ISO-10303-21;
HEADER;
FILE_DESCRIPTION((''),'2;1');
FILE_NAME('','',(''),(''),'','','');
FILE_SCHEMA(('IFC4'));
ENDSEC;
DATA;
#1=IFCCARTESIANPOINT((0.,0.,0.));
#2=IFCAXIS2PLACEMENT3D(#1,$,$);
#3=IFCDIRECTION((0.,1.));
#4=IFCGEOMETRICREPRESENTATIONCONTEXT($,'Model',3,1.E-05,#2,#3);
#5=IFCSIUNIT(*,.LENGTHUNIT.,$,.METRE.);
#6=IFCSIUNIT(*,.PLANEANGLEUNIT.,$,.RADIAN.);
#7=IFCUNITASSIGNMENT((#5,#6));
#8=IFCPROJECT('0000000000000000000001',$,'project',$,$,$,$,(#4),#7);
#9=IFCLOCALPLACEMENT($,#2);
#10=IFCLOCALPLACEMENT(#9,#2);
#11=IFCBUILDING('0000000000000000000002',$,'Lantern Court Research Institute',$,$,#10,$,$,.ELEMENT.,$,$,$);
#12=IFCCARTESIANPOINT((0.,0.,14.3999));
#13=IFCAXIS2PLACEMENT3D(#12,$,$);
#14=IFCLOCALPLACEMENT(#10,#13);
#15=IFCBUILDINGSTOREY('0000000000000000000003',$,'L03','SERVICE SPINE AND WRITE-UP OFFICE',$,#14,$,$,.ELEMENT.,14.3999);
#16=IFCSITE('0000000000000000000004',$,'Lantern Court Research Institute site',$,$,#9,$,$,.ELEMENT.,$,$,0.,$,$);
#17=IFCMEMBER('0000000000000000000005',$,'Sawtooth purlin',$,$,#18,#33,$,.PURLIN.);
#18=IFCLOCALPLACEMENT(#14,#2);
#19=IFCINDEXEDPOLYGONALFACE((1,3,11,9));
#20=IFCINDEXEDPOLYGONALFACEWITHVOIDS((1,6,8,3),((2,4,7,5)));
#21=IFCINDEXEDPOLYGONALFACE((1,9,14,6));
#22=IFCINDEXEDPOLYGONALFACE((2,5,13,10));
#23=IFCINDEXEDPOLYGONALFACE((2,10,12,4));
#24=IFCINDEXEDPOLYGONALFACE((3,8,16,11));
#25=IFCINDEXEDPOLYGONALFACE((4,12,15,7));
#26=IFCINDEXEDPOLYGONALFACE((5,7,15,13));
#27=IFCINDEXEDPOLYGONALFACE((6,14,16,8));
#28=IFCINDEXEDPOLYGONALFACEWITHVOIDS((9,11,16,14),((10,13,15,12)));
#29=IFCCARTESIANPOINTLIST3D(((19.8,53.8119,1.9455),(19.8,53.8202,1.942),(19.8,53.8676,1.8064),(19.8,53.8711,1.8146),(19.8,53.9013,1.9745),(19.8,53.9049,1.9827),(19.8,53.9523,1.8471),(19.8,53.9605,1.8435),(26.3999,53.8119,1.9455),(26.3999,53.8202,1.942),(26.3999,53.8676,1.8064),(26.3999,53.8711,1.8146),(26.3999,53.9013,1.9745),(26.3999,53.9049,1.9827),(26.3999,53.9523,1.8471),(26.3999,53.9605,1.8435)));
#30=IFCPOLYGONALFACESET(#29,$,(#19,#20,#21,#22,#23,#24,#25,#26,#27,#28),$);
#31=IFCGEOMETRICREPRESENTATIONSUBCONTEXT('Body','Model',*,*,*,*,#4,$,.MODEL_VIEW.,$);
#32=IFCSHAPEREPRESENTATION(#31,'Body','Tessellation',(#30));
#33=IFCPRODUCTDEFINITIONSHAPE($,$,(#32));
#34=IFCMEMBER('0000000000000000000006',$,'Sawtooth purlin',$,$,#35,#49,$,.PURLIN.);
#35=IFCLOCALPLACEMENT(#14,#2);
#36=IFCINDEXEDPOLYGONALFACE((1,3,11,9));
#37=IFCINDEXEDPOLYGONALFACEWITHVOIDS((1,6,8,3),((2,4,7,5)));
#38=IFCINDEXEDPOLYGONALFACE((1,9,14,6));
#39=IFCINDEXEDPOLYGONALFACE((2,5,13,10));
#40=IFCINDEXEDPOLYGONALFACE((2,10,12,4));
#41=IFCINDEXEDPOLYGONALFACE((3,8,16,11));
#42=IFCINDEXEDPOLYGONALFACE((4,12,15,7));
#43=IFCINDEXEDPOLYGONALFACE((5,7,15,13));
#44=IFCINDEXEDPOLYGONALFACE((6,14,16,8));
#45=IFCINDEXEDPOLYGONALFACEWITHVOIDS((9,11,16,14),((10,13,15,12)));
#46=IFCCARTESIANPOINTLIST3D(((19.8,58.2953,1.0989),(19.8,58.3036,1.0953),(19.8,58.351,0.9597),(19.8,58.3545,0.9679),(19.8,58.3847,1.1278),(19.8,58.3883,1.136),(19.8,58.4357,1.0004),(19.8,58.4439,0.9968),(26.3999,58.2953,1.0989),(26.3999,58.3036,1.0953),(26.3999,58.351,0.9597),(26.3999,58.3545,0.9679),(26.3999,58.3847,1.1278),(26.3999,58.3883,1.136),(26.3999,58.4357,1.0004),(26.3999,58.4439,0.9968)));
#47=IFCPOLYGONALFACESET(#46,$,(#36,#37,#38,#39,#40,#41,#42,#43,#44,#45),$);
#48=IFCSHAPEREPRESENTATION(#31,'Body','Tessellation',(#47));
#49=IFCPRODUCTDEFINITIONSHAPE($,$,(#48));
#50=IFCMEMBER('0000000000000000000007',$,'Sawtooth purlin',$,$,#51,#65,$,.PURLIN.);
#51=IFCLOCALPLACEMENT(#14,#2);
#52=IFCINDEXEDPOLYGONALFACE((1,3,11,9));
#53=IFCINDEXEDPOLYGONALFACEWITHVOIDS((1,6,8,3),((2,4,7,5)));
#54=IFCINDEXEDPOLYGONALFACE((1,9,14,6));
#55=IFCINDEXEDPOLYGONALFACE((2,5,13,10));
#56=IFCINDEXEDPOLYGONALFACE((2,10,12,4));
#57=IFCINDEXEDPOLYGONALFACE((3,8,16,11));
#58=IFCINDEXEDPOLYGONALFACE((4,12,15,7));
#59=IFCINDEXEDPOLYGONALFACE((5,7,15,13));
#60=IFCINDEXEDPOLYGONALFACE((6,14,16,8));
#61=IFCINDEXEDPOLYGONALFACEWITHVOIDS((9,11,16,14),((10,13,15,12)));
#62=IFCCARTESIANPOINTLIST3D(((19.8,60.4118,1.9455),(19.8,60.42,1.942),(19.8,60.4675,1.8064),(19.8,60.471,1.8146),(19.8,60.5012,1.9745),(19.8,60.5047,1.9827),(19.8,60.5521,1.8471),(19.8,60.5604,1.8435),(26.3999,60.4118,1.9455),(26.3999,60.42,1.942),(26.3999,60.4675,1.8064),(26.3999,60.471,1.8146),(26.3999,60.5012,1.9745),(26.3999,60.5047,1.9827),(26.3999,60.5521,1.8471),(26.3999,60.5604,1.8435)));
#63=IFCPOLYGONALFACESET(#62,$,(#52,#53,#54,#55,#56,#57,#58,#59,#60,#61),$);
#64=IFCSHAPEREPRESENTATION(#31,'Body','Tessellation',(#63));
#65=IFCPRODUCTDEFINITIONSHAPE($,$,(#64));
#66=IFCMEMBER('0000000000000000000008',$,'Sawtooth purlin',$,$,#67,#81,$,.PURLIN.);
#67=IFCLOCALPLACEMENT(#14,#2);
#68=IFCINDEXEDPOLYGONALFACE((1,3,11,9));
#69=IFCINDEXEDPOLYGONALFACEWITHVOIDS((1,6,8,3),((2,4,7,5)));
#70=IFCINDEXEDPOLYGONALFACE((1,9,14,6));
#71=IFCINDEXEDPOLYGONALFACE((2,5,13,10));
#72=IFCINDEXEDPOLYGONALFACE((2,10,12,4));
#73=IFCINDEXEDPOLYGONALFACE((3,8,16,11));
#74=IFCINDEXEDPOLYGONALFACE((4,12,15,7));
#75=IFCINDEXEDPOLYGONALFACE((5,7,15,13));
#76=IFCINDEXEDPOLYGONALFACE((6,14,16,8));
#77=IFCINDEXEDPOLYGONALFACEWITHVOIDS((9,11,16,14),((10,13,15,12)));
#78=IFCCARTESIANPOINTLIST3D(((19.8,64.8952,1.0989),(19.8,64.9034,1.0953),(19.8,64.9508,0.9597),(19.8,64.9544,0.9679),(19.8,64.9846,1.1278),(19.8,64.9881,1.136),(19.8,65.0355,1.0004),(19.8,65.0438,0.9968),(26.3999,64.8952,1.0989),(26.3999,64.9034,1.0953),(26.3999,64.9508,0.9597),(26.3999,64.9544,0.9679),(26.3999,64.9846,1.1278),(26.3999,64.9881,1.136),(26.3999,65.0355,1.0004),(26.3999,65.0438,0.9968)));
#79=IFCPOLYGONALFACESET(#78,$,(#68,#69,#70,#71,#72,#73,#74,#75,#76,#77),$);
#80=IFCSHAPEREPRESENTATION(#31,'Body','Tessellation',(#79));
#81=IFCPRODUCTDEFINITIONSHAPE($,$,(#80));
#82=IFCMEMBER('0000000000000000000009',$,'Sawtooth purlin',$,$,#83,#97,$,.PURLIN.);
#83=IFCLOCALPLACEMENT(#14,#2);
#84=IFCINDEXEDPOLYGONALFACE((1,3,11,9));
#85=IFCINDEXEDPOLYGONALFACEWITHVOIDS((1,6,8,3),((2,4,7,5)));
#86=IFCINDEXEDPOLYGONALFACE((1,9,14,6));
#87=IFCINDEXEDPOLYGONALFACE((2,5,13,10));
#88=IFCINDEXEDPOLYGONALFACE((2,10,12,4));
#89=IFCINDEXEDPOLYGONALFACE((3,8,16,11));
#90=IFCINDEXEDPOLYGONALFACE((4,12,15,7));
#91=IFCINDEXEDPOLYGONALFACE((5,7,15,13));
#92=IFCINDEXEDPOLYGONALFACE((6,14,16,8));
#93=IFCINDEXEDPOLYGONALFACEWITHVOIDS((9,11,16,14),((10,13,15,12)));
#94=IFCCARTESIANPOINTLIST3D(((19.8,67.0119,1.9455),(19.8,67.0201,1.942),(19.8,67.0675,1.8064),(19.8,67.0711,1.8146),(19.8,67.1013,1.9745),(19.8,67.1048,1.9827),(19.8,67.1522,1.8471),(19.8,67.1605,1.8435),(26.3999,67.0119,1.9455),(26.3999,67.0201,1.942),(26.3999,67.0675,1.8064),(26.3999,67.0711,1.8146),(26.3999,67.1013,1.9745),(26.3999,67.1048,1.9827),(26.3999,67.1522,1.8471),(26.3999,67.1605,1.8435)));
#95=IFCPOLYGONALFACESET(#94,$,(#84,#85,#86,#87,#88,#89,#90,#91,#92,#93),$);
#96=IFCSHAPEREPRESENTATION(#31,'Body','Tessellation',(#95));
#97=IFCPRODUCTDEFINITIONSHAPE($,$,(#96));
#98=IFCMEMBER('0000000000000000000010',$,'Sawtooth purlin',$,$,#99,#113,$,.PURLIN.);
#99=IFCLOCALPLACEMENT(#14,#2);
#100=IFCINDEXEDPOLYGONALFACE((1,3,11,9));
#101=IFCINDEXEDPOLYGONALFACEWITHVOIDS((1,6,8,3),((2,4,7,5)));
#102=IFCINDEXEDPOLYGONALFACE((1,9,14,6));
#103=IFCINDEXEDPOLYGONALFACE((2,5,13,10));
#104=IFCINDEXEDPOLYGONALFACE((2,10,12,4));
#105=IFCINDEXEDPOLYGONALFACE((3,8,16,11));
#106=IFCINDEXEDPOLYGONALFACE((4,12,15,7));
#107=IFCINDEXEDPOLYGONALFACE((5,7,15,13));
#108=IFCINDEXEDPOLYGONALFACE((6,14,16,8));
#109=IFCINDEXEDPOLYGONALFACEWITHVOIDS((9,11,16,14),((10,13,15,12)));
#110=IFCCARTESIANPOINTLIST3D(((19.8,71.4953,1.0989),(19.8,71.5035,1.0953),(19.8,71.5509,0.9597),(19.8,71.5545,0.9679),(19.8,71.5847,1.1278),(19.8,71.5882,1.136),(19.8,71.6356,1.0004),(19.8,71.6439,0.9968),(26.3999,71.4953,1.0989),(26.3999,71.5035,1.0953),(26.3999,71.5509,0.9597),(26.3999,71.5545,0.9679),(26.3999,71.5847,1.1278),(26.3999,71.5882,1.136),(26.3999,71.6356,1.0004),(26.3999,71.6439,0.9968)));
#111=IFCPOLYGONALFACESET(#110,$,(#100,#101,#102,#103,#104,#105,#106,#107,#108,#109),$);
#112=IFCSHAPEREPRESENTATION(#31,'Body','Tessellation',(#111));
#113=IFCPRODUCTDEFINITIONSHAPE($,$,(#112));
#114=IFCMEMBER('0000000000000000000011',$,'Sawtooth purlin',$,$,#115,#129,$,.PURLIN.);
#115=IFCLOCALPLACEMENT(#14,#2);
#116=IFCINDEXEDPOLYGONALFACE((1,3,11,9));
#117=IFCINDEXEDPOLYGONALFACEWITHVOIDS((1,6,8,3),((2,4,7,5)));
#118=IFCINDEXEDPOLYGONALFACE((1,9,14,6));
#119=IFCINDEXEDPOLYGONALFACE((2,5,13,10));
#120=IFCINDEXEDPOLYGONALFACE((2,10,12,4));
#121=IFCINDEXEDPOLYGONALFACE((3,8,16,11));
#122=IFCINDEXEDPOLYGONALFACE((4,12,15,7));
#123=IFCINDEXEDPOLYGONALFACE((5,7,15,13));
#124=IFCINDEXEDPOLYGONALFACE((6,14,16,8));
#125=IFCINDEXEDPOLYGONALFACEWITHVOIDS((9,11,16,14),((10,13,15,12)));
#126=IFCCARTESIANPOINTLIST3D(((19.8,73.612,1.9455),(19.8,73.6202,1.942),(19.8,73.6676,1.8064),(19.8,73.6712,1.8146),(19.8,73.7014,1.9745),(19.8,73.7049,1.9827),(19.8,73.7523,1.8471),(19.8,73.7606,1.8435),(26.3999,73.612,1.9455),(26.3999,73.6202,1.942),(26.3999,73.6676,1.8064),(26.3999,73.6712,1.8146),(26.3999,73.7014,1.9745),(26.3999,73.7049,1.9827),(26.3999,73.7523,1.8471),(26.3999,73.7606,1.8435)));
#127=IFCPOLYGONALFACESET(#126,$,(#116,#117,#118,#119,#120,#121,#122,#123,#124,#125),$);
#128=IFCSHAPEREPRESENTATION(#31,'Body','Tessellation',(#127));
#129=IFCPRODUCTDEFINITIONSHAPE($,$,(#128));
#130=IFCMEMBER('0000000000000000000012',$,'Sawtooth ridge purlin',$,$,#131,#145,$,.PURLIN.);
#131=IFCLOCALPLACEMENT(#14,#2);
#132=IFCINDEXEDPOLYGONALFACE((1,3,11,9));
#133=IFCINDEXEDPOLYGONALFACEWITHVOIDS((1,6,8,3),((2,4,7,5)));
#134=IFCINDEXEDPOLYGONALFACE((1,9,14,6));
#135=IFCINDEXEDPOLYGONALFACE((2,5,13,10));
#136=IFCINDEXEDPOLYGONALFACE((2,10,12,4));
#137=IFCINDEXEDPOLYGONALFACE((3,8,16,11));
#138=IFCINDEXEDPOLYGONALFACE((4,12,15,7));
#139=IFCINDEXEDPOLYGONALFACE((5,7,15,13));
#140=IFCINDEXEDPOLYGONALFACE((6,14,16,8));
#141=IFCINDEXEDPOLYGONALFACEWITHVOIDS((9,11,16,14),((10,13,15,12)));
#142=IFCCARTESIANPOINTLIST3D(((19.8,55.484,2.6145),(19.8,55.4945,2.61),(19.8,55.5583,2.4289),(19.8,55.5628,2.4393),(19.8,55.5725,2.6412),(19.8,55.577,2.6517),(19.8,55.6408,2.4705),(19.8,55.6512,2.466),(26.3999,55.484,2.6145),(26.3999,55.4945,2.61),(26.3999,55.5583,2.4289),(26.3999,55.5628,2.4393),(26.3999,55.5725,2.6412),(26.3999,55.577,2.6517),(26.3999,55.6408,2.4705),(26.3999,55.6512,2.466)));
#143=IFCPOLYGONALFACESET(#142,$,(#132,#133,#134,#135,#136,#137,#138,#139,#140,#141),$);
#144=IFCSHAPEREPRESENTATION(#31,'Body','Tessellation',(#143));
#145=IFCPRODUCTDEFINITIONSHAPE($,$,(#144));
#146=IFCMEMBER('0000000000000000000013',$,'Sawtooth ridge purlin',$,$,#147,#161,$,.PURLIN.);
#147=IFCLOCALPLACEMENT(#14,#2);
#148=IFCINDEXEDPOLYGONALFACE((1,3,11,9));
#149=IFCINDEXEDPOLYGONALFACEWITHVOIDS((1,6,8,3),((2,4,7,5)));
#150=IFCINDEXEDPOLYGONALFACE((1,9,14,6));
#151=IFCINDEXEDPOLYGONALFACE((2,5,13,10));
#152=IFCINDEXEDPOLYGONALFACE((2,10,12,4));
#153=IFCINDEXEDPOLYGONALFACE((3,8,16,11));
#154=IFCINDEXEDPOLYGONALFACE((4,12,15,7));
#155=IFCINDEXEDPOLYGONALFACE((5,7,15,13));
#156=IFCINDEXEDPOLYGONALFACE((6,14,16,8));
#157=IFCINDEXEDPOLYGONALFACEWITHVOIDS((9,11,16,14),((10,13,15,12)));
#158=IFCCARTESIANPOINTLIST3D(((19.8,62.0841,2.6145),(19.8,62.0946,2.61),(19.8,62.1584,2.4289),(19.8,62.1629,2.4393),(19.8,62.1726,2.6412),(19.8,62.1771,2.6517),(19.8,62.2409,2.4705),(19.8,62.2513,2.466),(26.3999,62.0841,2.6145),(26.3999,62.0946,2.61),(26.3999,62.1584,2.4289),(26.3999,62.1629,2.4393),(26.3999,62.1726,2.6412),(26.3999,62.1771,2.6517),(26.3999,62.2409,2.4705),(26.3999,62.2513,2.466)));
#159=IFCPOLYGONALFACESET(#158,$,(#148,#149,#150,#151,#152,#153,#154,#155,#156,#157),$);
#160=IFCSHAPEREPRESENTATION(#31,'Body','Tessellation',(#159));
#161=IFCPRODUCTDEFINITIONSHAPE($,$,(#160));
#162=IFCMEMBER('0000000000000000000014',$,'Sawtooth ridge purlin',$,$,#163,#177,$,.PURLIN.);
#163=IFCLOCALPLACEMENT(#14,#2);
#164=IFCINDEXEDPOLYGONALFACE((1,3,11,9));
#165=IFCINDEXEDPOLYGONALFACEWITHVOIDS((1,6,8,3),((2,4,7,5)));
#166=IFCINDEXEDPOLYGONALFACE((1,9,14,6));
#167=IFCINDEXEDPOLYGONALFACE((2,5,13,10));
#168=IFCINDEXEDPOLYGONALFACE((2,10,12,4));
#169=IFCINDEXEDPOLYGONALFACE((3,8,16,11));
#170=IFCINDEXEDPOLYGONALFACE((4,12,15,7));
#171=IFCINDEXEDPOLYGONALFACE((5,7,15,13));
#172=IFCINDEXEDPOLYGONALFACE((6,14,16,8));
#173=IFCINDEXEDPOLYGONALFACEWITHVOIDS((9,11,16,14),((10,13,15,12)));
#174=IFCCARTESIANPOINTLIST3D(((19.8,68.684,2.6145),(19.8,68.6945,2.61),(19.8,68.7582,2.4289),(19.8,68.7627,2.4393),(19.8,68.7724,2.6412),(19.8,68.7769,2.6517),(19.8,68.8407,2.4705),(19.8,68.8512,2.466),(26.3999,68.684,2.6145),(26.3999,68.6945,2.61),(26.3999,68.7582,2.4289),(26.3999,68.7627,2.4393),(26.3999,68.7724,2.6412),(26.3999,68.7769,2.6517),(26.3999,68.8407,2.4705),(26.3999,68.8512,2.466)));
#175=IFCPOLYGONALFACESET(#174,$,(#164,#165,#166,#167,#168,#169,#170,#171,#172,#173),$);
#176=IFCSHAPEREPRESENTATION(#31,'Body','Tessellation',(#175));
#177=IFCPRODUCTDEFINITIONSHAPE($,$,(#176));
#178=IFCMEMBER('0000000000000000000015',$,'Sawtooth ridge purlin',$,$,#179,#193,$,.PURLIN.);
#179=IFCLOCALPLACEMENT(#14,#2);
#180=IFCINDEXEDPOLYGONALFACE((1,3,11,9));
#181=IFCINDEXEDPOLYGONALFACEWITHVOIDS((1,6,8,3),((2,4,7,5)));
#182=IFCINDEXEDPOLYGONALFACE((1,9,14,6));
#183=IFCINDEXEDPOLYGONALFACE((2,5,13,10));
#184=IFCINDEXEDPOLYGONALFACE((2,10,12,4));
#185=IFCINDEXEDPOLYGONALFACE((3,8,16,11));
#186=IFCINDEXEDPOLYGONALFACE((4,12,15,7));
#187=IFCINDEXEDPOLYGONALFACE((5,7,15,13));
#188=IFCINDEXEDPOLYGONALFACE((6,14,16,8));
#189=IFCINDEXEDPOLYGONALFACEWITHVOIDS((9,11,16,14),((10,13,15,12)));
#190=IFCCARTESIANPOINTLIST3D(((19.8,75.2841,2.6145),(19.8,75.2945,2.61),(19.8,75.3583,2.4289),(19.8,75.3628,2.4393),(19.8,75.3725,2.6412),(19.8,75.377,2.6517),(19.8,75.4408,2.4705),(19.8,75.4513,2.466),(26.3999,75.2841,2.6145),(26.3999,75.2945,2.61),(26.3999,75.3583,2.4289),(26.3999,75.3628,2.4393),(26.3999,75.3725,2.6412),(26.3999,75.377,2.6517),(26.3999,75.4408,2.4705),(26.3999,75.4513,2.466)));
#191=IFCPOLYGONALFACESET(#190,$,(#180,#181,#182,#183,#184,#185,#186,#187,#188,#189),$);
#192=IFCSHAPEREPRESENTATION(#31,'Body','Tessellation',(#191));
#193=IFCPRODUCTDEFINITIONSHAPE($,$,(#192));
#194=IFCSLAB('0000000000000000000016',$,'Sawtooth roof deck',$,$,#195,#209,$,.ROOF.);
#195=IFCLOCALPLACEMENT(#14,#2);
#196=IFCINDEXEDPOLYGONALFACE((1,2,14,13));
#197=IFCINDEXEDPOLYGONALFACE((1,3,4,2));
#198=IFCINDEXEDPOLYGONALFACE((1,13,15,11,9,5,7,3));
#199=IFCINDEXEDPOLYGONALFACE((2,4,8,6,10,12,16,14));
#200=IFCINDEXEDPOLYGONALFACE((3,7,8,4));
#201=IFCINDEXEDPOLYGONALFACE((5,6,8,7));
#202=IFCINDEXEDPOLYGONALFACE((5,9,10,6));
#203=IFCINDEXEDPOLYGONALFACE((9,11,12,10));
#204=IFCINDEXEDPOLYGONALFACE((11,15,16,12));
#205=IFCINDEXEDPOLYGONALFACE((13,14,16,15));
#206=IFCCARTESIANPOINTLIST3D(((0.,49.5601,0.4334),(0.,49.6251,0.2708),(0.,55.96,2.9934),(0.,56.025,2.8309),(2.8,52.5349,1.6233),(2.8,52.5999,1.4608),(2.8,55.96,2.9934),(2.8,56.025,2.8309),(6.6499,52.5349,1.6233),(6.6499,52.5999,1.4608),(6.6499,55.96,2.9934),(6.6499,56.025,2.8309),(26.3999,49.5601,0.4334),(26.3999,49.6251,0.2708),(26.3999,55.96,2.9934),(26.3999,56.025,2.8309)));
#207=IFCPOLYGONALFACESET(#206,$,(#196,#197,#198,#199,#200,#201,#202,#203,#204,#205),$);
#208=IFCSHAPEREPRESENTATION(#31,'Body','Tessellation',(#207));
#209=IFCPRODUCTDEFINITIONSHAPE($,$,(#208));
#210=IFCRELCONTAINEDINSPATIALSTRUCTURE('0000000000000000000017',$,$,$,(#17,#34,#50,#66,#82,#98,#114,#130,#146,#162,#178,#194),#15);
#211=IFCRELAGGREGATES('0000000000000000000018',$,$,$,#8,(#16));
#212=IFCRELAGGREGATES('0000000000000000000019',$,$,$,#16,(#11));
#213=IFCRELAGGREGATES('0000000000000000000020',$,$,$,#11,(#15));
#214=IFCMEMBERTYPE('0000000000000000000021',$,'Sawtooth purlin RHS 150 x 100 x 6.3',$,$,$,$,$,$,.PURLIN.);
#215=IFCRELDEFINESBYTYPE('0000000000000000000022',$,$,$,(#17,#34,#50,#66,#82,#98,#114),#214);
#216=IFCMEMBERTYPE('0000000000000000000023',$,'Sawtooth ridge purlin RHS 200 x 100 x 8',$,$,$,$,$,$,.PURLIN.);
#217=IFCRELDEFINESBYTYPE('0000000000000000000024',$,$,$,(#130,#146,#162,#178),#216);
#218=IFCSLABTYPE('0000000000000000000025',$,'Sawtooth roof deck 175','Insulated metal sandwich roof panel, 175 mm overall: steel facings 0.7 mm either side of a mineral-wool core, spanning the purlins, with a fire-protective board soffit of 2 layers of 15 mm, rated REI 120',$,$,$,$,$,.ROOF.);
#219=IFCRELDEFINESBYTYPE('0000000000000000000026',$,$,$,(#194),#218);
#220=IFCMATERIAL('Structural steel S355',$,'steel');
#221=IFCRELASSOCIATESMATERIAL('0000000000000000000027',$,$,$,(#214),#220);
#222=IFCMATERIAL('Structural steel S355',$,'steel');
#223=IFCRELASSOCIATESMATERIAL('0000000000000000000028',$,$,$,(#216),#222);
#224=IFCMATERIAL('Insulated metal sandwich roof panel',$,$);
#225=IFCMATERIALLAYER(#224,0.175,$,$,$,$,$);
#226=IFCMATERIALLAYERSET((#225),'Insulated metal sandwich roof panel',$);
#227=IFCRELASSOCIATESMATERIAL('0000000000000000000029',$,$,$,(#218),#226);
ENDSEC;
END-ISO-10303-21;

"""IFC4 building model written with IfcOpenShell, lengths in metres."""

from ifc_helpers import new_model, si_unit, direction, frame, origin, origin_2d, place, context, subcontext, project, spatial, polyline, hollow_rectangle, outline, extrude, material, layer, layer_set, material_profile, profile_set, type_object, element, save


model = new_model("IFC4")

# Units and contexts
model_context = context("Model", 3, precision=1e-05, world=origin(), true_north=direction((0.0, 1.0)))
body_context = subcontext(model_context, "Body", "Model", "MODEL_VIEW")
ifc_project = project(units=[si_unit("LENGTHUNIT", "METRE"), si_unit("PLANEANGLEUNIT", "RADIAN")], contexts=[model_context])

# Site, building, storey
site_placement = place(None, origin())
site = spatial("IfcSite", under=ifc_project, at=site_placement, Name="Lantern Court Research Institute site", CompositionType="ELEMENT", RefElevation=0.0)
building_placement = place(site_placement, origin())
building = spatial("IfcBuilding", under=site, at=building_placement, Name="Lantern Court Research Institute", CompositionType="ELEMENT")
storey_placement = place(building_placement, frame((0.0, 0.0, 14.3999)))
storey = spatial("IfcBuildingStorey", under=building, at=storey_placement, Name="L03", Description="SERVICE SPINE AND WRITE-UP OFFICE", CompositionType="ELEMENT", Elevation=14.3999)

# Members
ifc_material_1 = material(Name="Structural steel S355", Category="steel")
ifc_material_profile_1 = material_profile(ifc_material_1, hollow_rectangle(XDim=0.1001, YDim=0.1499, WallThickness=0.0063, at=origin_2d()), Name="Sawtooth purlin RHS 150 x 100 x 6.3")
ifc_profile_set_1 = profile_set([ifc_material_profile_1], Name="Structural steel S355")
member_type_1 = type_object("IfcMemberType", Name="Sawtooth purlin RHS 150 x 100 x 6.3", PredefinedType="PURLIN", material=ifc_profile_set_1)
for number, where, z_axis, x_axis, name in (
    (1, (19.8, 53.8862, 1.8945), (1.0, 0.0, 0.0), (0.0, 0.928477, 0.371391), "Sawtooth purlin"),
    (2, (19.8, 58.3696, 1.0479), (1.0, 0.0, 0.0), (0.0, 0.928477, 0.371391), "Sawtooth purlin"),
    (3, (19.8, 60.4861, 1.8945), (1.0, 0.0, 0.0), (0.0, 0.928477, 0.371391), "Sawtooth purlin"),
    (4, (19.8, 64.9695, 1.0479), (1.0, 0.0, 0.0), (0.0, 0.928477, 0.371391), "Sawtooth purlin"),
    (5, (19.8, 67.0862, 1.8945), (1.0, 0.0, 0.0), (0.0, 0.928477, 0.371391), "Sawtooth purlin"),
    (6, (19.8, 71.5696, 1.0479), (1.0, 0.0, 0.0), (0.0, 0.928477, 0.371391), "Sawtooth purlin"),
    (7, (19.8, 73.6863, 1.8945), (1.0, 0.0, 0.0), (0.0, 0.928477, 0.371391), "Sawtooth purlin"),
):
    element("IfcMember", number, at=place(storey_placement, frame(where, z_axis=z_axis, x_axis=x_axis)), inside=storey, type_object=member_type_1, Name=name, PredefinedType="PURLIN", context=body_context, shape_type="SweptSolid", body=[
        extrude(hollow_rectangle(XDim=0.1001, YDim=0.1499, WallThickness=0.0063, at=origin_2d()), origin(), (0.0, 0.0, 1.0), 6.5999),
    ])
ifc_material_2 = material(Name="Structural steel S355", Category="steel")
ifc_material_profile_2 = material_profile(ifc_material_2, hollow_rectangle(XDim=0.1001, YDim=0.2, WallThickness=0.0081, at=origin_2d()), Name="Sawtooth ridge purlin RHS 200 x 100 x 8")
ifc_profile_set_2 = profile_set([ifc_material_profile_2], Name="Structural steel S355")
member_type_2 = type_object("IfcMemberType", Name="Sawtooth ridge purlin RHS 200 x 100 x 8", PredefinedType="PURLIN", material=ifc_profile_set_2)
for number, where, z_axis, x_axis, name in (
    (8, (19.8, 55.5676, 2.5403), (1.0, 0.0, 0.0), (0.0, 0.928477, 0.371391), "Sawtooth ridge purlin"),
    (9, (19.8, 62.1677, 2.5403), (1.0, 0.0, 0.0), (0.0, 0.928477, 0.371391), "Sawtooth ridge purlin"),
    (10, (19.8, 68.7676, 2.5403), (1.0, 0.0, 0.0), (0.0, 0.928477, 0.371391), "Sawtooth ridge purlin"),
    (11, (19.8, 75.3677, 2.5403), (1.0, 0.0, 0.0), (0.0, 0.928477, 0.371391), "Sawtooth ridge purlin"),
):
    element("IfcMember", number, at=place(storey_placement, frame(where, z_axis=z_axis, x_axis=x_axis)), inside=storey, type_object=member_type_2, Name=name, PredefinedType="PURLIN", context=body_context, shape_type="SweptSolid", body=[
        extrude(hollow_rectangle(XDim=0.1001, YDim=0.2, WallThickness=0.0081, at=origin_2d()), origin(), (0.0, 0.0, 1.0), 6.5999),
    ])

# Slab
ifc_material_3 = material(Name="Insulated metal sandwich roof panel")
ifc_layer_1 = layer(ifc_material_3, 0.175)
ifc_layer_set_1 = layer_set([ifc_layer_1], Name="Insulated metal sandwich roof panel")
slab_type = type_object("IfcSlabType", Name="Sawtooth roof deck 175", Description="Insulated metal sandwich roof panel, 175 mm overall: steel facings 0.7 mm either side of a mineral-wool core, spanning the purlins, with a fire-protective board soffit of 2 layers of 15 mm, rated REI 120", PredefinedType="ROOF", material=ifc_layer_set_1)
slab_placement = place(storey_placement, frame((26.3999, 55.96, 2.9934), z_axis=(0.0, -0.371402, 0.928472), x_axis=(0.0, -0.928472, -0.371402)))
element("IfcSlab", 12, at=slab_placement, inside=storey, type_object=slab_type, Name="Sawtooth roof deck", PredefinedType="ROOF", context=body_context, shape_type="SweptSolid", body=[
    extrude(outline(polyline([(0.0, 0.0), (6.8929, 0.0), (6.8929, -26.3999), (0.0, -26.3999), (0.0, -23.5999), (3.6889, -23.5999), (3.6889, -19.75), (0.0, -19.75), (0.0, 0.0)])), origin(), (0.0, 0.0, -1.0), 0.175),
])

save(model, "model.ifc")
